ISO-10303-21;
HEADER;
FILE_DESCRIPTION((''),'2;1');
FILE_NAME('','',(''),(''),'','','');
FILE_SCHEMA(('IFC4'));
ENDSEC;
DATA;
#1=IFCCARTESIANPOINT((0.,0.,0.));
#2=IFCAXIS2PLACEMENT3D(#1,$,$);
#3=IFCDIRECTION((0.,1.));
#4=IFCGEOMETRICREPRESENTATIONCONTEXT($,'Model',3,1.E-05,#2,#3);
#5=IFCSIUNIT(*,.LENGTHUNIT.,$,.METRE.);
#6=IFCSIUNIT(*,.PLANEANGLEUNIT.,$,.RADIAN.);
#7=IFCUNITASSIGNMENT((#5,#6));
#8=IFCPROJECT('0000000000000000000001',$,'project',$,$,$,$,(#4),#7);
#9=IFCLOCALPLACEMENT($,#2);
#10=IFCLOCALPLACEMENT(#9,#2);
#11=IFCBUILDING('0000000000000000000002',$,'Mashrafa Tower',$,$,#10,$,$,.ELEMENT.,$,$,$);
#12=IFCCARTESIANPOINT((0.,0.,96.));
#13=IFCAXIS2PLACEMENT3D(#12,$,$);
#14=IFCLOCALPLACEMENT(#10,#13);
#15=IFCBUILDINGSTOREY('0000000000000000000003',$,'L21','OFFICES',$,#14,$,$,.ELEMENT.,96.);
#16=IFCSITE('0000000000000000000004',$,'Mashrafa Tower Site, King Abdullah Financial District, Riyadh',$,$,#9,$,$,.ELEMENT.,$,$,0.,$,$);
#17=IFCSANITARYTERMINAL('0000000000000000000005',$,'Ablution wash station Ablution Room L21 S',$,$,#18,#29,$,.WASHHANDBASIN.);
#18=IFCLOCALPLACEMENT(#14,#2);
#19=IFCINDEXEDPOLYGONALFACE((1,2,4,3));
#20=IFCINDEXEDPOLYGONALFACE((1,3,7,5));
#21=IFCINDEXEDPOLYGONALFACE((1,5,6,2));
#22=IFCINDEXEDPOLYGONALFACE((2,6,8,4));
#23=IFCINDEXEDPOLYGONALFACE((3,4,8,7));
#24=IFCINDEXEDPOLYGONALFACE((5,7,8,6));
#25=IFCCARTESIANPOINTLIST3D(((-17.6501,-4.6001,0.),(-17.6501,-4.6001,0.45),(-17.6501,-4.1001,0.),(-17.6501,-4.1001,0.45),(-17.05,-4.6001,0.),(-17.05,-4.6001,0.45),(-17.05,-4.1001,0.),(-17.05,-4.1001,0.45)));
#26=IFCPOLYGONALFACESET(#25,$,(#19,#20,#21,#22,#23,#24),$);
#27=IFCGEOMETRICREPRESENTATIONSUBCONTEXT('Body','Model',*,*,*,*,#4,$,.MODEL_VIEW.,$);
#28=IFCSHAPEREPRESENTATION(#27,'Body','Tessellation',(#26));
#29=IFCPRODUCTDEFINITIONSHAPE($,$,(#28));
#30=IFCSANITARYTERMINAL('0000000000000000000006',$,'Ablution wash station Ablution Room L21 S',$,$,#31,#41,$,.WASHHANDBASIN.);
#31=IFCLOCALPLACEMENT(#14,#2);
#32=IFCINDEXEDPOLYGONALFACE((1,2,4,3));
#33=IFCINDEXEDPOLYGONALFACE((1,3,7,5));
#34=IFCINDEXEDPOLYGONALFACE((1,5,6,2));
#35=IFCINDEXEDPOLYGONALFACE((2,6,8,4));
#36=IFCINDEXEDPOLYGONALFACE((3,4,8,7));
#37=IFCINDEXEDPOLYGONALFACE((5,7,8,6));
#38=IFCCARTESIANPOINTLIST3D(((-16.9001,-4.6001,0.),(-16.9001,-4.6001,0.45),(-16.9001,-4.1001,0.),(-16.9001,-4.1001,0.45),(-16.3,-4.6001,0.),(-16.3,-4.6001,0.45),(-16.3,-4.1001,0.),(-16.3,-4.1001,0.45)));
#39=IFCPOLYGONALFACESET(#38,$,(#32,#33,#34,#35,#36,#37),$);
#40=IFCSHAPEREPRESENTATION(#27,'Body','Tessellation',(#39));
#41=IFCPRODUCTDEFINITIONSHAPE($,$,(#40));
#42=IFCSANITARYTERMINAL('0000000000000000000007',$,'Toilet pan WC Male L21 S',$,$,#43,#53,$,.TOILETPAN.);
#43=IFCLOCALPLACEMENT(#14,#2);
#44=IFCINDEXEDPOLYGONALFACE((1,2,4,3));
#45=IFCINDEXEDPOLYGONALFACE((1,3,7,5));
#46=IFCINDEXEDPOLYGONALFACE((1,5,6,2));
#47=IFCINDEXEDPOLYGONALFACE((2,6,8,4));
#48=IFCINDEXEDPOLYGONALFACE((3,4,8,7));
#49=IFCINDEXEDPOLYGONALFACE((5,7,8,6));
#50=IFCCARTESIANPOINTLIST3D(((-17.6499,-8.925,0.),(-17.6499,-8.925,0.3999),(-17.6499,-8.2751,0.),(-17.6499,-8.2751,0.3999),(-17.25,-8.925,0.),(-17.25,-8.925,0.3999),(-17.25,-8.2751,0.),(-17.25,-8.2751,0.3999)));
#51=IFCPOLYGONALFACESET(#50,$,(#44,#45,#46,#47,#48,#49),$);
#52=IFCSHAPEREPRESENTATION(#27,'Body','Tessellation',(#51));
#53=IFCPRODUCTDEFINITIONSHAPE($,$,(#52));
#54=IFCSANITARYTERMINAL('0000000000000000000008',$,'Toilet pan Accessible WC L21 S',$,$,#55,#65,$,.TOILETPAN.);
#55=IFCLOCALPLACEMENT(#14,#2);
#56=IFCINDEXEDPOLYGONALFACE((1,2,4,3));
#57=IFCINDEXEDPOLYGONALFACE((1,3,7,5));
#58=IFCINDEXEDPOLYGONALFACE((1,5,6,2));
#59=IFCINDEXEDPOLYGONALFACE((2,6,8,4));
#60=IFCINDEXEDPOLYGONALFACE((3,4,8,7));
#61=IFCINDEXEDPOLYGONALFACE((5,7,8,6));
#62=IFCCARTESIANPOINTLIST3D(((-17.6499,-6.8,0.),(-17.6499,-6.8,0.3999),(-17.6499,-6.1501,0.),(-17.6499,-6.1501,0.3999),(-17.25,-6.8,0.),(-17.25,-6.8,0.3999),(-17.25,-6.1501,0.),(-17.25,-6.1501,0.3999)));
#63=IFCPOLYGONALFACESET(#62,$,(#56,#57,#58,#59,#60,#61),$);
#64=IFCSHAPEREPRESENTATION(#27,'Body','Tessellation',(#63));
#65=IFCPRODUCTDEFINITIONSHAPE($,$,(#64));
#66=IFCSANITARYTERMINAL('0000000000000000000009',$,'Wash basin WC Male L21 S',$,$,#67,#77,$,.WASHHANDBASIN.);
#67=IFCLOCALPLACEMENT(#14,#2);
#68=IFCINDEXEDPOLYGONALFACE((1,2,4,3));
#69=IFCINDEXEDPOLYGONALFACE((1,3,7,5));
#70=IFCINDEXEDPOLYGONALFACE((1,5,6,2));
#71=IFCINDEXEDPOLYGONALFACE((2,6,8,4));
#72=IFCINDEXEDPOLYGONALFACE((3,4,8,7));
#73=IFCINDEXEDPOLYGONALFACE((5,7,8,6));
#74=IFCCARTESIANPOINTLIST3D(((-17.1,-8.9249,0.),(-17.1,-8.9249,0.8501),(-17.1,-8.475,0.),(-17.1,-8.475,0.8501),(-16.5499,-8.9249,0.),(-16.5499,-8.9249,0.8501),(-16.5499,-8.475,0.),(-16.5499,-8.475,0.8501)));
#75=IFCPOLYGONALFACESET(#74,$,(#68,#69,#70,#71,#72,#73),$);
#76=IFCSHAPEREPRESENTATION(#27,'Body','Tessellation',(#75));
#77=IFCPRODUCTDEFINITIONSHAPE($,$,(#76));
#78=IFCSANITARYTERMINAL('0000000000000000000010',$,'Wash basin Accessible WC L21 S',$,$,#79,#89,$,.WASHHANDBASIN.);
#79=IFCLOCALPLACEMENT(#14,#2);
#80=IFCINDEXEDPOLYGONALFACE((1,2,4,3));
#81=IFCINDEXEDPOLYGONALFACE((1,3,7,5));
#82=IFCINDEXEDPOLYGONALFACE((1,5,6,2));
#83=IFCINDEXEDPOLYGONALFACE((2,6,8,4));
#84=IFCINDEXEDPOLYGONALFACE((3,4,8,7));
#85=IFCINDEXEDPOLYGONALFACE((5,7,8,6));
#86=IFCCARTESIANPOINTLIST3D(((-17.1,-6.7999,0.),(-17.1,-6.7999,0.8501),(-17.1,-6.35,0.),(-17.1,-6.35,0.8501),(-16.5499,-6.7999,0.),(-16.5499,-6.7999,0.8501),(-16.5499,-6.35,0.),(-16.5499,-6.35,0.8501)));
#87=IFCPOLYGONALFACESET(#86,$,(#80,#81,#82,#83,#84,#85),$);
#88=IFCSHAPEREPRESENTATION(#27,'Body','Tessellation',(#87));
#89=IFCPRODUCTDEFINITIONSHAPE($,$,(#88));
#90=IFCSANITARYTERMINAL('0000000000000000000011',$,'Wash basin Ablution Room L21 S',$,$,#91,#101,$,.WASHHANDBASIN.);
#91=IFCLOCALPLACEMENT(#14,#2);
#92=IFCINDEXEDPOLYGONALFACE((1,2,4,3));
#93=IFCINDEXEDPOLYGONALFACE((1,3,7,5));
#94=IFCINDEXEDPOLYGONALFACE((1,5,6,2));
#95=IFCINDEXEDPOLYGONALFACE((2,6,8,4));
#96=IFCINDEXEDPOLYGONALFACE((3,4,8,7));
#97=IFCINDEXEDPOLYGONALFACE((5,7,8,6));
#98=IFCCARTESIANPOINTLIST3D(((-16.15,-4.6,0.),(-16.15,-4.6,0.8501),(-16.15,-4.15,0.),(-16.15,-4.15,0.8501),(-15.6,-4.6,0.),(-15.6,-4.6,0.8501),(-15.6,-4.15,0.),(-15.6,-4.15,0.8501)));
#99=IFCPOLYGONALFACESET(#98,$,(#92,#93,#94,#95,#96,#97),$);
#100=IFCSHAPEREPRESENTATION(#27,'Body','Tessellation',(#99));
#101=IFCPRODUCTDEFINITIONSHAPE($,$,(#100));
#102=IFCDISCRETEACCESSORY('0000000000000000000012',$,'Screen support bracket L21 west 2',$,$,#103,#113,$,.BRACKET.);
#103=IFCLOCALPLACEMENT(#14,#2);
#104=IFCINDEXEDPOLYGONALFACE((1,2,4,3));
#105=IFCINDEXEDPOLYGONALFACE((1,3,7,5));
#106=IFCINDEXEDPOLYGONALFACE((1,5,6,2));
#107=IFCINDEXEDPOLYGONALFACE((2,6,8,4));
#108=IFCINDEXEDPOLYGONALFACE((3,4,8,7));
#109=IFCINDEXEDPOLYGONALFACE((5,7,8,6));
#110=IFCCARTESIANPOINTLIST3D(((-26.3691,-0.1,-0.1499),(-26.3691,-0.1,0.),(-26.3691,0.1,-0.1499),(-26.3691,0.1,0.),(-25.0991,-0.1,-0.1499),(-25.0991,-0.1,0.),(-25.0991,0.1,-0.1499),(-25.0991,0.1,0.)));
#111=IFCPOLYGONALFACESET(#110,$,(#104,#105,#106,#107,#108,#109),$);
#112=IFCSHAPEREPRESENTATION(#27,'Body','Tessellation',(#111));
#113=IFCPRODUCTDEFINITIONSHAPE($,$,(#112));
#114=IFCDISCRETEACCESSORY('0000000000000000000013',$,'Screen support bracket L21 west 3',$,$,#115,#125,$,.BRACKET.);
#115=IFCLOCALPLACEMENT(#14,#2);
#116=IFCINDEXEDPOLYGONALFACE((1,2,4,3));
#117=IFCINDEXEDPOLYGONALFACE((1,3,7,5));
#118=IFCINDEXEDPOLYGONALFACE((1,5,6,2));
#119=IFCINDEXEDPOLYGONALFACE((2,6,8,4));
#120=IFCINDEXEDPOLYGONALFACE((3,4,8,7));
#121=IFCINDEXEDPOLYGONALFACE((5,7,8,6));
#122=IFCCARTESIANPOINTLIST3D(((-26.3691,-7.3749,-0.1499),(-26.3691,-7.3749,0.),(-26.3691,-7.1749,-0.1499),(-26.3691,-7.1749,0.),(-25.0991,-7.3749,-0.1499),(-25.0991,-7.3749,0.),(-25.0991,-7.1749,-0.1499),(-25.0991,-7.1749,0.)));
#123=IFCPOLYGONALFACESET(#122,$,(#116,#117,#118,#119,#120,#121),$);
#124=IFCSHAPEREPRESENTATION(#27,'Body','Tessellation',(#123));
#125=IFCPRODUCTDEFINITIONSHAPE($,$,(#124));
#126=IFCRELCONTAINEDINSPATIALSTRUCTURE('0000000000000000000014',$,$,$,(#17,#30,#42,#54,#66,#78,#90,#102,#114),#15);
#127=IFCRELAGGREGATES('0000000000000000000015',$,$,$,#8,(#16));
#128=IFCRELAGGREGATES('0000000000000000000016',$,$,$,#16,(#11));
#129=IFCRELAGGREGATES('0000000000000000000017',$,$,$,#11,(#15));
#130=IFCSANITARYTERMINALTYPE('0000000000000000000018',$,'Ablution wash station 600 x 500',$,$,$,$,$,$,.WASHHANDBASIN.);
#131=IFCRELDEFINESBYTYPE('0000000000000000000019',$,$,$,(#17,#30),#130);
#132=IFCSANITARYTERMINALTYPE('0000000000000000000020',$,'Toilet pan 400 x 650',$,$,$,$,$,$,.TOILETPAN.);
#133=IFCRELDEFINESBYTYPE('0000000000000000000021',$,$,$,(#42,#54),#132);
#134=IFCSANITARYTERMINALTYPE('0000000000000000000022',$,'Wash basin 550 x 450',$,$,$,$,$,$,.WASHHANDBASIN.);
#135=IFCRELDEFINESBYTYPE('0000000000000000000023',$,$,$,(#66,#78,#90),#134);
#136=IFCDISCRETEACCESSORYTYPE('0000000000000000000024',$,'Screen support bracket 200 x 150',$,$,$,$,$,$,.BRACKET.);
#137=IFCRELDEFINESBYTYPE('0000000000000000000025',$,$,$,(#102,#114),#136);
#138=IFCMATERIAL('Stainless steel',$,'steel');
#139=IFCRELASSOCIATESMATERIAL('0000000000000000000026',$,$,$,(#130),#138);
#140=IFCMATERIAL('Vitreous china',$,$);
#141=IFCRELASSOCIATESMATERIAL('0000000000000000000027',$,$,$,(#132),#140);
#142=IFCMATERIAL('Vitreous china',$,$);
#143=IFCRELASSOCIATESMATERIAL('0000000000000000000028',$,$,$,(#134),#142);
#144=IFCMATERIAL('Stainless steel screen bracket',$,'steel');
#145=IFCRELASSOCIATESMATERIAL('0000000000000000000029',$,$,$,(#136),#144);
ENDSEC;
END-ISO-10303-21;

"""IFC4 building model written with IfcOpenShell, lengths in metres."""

from ifc_helpers import new_model, si_unit, direction, frame, origin, origin_2d, place, context, subcontext, project, spatial, rectangle, extrude, source, transform, mapped, material, type_object, type_shapes, element, save


model = new_model("IFC4")

# Units and contexts
model_context = context("Model", 3, precision=1e-05, world=origin(), true_north=direction((0.0, 1.0)))
body_context = subcontext(model_context, "Body", "Model", "MODEL_VIEW")
ifc_project = project(units=[si_unit("LENGTHUNIT", "METRE"), si_unit("PLANEANGLEUNIT", "RADIAN")], contexts=[model_context])

# Site, building, storey
site_placement = place(None, origin())
site = spatial("IfcSite", under=ifc_project, at=site_placement, Name="Mashrafa Tower Site, King Abdullah Financial District, Riyadh", CompositionType="ELEMENT", RefElevation=0.0)
building_placement = place(site_placement, origin())
building = spatial("IfcBuilding", under=site, at=building_placement, Name="Mashrafa Tower", CompositionType="ELEMENT")
storey_placement = place(building_placement, frame((0.0, 0.0, 96.0)))
storey = spatial("IfcBuildingStorey", under=building, at=storey_placement, Name="L21", Description="OFFICES", CompositionType="ELEMENT", Elevation=96.0)

# Sanitary terminals
ifc_material_1 = material(Name="Stainless steel", Category="steel")
sanitary_terminal_type_1 = type_object("IfcSanitaryTerminalType", Name="Ablution wash station 600 x 500", PredefinedType="WASHHANDBASIN", material=ifc_material_1)
for number, where, z_axis, x_axis, name in (
    (1, (-17.3501, -4.3501, 0.0), (0.0, 0.0, 1.0), (1.0, 0.0, 0.0), "Ablution wash station Ablution Room L21 S"),
    (2, (-16.6001, -4.3501, 0.0), (0.0, 0.0, 1.0), (1.0, 0.0, 0.0), "Ablution wash station Ablution Room L21 S"),
):
    element("IfcSanitaryTerminal", number, at=place(storey_placement, frame(where, z_axis=z_axis, x_axis=x_axis)), inside=storey, type_object=sanitary_terminal_type_1, Name=name, PredefinedType="WASHHANDBASIN", context=body_context, shape_type="SweptSolid", body=[
        extrude(rectangle(XDim=0.6001, YDim=0.5, at=origin_2d()), origin(), (0.0, 0.0, 1.0), 0.45),
    ])
ifc_material_2 = material(Name="Vitreous china")
sanitary_terminal_type_2 = type_object("IfcSanitaryTerminalType", Name="Toilet pan 400 x 650", PredefinedType="TOILETPAN", material=ifc_material_2)
for number, where, z_axis, x_axis, name in (
    (3, (-17.45, -8.6001, 0.0), (0.0, 0.0, 1.0), (1.0, 0.0, 0.0), "Toilet pan WC Male L21 S"),
    (4, (-17.45, -6.4751, 0.0), (0.0, 0.0, 1.0), (1.0, 0.0, 0.0), "Toilet pan Accessible WC L21 S"),
):
    element("IfcSanitaryTerminal", number, at=place(storey_placement, frame(where, z_axis=z_axis, x_axis=x_axis)), inside=storey, type_object=sanitary_terminal_type_2, Name=name, PredefinedType="TOILETPAN", context=body_context, shape_type="SweptSolid", body=[
        extrude(rectangle(XDim=0.3999, YDim=0.6499, at=origin_2d()), origin(), (0.0, 0.0, 1.0), 0.3999),
    ])
ifc_material_3 = material(Name="Vitreous china")
sanitary_terminal_type_3 = type_object("IfcSanitaryTerminalType", Name="Wash basin 550 x 450", PredefinedType="WASHHANDBASIN", material=ifc_material_3)
for number, where, z_axis, x_axis, name in (
    (5, (-16.825, -8.7, 0.0), (0.0, 0.0, 1.0), (1.0, 0.0, 0.0), "Wash basin WC Male L21 S"),
    (6, (-16.825, -6.575, 0.0), (0.0, 0.0, 1.0), (1.0, 0.0, 0.0), "Wash basin Accessible WC L21 S"),
    (7, (-15.875, -4.375, 0.0), (0.0, 0.0, 1.0), (1.0, 0.0, 0.0), "Wash basin Ablution Room L21 S"),
):
    element("IfcSanitaryTerminal", number, at=place(storey_placement, frame(where, z_axis=z_axis, x_axis=x_axis)), inside=storey, type_object=sanitary_terminal_type_3, Name=name, PredefinedType="WASHHANDBASIN", context=body_context, shape_type="SweptSolid", body=[
        extrude(rectangle(XDim=0.55, YDim=0.45, at=origin_2d()), origin(), (0.0, 0.0, 1.0), 0.8501),
    ])

# Discrete accessories
ifc_material_4 = material(Name="Stainless steel screen bracket", Category="steel")
discrete_accessory_type = type_object("IfcDiscreteAccessoryType", Name="Screen support bracket 200 x 150", PredefinedType="BRACKET", material=ifc_material_4)
shared_shape_1 = source(origin(), body_context, "Body", "SweptSolid", [
    extrude(rectangle(XDim=0.2, YDim=1.27, at=origin_2d()), origin(), (0.0, 0.0, 1.0), 0.1499),
])
type_shapes(discrete_accessory_type, [shared_shape_1])
for number, where, z_axis, x_axis, name in (
    (8, (-25.7341, 0.0, -0.1499), (0.0, 0.0, 1.0), (0.0, -1.0, 0.0), "Screen support bracket L21 west 2"),
    (9, (-25.7341, -7.2749, -0.1499), (0.0, 0.0, 1.0), (0.0, -1.0, 0.0), "Screen support bracket L21 west 3"),
):
    element("IfcDiscreteAccessory", number, at=place(storey_placement, frame(where, z_axis=z_axis, x_axis=x_axis)), inside=storey, type_object=discrete_accessory_type, Name=name, PredefinedType="BRACKET", context=body_context, shape_type="MappedRepresentation", body=[
        mapped(shared_shape_1, transform((0.0, 0.0, 0.0))),
    ])

save(model, "model.ifc")
